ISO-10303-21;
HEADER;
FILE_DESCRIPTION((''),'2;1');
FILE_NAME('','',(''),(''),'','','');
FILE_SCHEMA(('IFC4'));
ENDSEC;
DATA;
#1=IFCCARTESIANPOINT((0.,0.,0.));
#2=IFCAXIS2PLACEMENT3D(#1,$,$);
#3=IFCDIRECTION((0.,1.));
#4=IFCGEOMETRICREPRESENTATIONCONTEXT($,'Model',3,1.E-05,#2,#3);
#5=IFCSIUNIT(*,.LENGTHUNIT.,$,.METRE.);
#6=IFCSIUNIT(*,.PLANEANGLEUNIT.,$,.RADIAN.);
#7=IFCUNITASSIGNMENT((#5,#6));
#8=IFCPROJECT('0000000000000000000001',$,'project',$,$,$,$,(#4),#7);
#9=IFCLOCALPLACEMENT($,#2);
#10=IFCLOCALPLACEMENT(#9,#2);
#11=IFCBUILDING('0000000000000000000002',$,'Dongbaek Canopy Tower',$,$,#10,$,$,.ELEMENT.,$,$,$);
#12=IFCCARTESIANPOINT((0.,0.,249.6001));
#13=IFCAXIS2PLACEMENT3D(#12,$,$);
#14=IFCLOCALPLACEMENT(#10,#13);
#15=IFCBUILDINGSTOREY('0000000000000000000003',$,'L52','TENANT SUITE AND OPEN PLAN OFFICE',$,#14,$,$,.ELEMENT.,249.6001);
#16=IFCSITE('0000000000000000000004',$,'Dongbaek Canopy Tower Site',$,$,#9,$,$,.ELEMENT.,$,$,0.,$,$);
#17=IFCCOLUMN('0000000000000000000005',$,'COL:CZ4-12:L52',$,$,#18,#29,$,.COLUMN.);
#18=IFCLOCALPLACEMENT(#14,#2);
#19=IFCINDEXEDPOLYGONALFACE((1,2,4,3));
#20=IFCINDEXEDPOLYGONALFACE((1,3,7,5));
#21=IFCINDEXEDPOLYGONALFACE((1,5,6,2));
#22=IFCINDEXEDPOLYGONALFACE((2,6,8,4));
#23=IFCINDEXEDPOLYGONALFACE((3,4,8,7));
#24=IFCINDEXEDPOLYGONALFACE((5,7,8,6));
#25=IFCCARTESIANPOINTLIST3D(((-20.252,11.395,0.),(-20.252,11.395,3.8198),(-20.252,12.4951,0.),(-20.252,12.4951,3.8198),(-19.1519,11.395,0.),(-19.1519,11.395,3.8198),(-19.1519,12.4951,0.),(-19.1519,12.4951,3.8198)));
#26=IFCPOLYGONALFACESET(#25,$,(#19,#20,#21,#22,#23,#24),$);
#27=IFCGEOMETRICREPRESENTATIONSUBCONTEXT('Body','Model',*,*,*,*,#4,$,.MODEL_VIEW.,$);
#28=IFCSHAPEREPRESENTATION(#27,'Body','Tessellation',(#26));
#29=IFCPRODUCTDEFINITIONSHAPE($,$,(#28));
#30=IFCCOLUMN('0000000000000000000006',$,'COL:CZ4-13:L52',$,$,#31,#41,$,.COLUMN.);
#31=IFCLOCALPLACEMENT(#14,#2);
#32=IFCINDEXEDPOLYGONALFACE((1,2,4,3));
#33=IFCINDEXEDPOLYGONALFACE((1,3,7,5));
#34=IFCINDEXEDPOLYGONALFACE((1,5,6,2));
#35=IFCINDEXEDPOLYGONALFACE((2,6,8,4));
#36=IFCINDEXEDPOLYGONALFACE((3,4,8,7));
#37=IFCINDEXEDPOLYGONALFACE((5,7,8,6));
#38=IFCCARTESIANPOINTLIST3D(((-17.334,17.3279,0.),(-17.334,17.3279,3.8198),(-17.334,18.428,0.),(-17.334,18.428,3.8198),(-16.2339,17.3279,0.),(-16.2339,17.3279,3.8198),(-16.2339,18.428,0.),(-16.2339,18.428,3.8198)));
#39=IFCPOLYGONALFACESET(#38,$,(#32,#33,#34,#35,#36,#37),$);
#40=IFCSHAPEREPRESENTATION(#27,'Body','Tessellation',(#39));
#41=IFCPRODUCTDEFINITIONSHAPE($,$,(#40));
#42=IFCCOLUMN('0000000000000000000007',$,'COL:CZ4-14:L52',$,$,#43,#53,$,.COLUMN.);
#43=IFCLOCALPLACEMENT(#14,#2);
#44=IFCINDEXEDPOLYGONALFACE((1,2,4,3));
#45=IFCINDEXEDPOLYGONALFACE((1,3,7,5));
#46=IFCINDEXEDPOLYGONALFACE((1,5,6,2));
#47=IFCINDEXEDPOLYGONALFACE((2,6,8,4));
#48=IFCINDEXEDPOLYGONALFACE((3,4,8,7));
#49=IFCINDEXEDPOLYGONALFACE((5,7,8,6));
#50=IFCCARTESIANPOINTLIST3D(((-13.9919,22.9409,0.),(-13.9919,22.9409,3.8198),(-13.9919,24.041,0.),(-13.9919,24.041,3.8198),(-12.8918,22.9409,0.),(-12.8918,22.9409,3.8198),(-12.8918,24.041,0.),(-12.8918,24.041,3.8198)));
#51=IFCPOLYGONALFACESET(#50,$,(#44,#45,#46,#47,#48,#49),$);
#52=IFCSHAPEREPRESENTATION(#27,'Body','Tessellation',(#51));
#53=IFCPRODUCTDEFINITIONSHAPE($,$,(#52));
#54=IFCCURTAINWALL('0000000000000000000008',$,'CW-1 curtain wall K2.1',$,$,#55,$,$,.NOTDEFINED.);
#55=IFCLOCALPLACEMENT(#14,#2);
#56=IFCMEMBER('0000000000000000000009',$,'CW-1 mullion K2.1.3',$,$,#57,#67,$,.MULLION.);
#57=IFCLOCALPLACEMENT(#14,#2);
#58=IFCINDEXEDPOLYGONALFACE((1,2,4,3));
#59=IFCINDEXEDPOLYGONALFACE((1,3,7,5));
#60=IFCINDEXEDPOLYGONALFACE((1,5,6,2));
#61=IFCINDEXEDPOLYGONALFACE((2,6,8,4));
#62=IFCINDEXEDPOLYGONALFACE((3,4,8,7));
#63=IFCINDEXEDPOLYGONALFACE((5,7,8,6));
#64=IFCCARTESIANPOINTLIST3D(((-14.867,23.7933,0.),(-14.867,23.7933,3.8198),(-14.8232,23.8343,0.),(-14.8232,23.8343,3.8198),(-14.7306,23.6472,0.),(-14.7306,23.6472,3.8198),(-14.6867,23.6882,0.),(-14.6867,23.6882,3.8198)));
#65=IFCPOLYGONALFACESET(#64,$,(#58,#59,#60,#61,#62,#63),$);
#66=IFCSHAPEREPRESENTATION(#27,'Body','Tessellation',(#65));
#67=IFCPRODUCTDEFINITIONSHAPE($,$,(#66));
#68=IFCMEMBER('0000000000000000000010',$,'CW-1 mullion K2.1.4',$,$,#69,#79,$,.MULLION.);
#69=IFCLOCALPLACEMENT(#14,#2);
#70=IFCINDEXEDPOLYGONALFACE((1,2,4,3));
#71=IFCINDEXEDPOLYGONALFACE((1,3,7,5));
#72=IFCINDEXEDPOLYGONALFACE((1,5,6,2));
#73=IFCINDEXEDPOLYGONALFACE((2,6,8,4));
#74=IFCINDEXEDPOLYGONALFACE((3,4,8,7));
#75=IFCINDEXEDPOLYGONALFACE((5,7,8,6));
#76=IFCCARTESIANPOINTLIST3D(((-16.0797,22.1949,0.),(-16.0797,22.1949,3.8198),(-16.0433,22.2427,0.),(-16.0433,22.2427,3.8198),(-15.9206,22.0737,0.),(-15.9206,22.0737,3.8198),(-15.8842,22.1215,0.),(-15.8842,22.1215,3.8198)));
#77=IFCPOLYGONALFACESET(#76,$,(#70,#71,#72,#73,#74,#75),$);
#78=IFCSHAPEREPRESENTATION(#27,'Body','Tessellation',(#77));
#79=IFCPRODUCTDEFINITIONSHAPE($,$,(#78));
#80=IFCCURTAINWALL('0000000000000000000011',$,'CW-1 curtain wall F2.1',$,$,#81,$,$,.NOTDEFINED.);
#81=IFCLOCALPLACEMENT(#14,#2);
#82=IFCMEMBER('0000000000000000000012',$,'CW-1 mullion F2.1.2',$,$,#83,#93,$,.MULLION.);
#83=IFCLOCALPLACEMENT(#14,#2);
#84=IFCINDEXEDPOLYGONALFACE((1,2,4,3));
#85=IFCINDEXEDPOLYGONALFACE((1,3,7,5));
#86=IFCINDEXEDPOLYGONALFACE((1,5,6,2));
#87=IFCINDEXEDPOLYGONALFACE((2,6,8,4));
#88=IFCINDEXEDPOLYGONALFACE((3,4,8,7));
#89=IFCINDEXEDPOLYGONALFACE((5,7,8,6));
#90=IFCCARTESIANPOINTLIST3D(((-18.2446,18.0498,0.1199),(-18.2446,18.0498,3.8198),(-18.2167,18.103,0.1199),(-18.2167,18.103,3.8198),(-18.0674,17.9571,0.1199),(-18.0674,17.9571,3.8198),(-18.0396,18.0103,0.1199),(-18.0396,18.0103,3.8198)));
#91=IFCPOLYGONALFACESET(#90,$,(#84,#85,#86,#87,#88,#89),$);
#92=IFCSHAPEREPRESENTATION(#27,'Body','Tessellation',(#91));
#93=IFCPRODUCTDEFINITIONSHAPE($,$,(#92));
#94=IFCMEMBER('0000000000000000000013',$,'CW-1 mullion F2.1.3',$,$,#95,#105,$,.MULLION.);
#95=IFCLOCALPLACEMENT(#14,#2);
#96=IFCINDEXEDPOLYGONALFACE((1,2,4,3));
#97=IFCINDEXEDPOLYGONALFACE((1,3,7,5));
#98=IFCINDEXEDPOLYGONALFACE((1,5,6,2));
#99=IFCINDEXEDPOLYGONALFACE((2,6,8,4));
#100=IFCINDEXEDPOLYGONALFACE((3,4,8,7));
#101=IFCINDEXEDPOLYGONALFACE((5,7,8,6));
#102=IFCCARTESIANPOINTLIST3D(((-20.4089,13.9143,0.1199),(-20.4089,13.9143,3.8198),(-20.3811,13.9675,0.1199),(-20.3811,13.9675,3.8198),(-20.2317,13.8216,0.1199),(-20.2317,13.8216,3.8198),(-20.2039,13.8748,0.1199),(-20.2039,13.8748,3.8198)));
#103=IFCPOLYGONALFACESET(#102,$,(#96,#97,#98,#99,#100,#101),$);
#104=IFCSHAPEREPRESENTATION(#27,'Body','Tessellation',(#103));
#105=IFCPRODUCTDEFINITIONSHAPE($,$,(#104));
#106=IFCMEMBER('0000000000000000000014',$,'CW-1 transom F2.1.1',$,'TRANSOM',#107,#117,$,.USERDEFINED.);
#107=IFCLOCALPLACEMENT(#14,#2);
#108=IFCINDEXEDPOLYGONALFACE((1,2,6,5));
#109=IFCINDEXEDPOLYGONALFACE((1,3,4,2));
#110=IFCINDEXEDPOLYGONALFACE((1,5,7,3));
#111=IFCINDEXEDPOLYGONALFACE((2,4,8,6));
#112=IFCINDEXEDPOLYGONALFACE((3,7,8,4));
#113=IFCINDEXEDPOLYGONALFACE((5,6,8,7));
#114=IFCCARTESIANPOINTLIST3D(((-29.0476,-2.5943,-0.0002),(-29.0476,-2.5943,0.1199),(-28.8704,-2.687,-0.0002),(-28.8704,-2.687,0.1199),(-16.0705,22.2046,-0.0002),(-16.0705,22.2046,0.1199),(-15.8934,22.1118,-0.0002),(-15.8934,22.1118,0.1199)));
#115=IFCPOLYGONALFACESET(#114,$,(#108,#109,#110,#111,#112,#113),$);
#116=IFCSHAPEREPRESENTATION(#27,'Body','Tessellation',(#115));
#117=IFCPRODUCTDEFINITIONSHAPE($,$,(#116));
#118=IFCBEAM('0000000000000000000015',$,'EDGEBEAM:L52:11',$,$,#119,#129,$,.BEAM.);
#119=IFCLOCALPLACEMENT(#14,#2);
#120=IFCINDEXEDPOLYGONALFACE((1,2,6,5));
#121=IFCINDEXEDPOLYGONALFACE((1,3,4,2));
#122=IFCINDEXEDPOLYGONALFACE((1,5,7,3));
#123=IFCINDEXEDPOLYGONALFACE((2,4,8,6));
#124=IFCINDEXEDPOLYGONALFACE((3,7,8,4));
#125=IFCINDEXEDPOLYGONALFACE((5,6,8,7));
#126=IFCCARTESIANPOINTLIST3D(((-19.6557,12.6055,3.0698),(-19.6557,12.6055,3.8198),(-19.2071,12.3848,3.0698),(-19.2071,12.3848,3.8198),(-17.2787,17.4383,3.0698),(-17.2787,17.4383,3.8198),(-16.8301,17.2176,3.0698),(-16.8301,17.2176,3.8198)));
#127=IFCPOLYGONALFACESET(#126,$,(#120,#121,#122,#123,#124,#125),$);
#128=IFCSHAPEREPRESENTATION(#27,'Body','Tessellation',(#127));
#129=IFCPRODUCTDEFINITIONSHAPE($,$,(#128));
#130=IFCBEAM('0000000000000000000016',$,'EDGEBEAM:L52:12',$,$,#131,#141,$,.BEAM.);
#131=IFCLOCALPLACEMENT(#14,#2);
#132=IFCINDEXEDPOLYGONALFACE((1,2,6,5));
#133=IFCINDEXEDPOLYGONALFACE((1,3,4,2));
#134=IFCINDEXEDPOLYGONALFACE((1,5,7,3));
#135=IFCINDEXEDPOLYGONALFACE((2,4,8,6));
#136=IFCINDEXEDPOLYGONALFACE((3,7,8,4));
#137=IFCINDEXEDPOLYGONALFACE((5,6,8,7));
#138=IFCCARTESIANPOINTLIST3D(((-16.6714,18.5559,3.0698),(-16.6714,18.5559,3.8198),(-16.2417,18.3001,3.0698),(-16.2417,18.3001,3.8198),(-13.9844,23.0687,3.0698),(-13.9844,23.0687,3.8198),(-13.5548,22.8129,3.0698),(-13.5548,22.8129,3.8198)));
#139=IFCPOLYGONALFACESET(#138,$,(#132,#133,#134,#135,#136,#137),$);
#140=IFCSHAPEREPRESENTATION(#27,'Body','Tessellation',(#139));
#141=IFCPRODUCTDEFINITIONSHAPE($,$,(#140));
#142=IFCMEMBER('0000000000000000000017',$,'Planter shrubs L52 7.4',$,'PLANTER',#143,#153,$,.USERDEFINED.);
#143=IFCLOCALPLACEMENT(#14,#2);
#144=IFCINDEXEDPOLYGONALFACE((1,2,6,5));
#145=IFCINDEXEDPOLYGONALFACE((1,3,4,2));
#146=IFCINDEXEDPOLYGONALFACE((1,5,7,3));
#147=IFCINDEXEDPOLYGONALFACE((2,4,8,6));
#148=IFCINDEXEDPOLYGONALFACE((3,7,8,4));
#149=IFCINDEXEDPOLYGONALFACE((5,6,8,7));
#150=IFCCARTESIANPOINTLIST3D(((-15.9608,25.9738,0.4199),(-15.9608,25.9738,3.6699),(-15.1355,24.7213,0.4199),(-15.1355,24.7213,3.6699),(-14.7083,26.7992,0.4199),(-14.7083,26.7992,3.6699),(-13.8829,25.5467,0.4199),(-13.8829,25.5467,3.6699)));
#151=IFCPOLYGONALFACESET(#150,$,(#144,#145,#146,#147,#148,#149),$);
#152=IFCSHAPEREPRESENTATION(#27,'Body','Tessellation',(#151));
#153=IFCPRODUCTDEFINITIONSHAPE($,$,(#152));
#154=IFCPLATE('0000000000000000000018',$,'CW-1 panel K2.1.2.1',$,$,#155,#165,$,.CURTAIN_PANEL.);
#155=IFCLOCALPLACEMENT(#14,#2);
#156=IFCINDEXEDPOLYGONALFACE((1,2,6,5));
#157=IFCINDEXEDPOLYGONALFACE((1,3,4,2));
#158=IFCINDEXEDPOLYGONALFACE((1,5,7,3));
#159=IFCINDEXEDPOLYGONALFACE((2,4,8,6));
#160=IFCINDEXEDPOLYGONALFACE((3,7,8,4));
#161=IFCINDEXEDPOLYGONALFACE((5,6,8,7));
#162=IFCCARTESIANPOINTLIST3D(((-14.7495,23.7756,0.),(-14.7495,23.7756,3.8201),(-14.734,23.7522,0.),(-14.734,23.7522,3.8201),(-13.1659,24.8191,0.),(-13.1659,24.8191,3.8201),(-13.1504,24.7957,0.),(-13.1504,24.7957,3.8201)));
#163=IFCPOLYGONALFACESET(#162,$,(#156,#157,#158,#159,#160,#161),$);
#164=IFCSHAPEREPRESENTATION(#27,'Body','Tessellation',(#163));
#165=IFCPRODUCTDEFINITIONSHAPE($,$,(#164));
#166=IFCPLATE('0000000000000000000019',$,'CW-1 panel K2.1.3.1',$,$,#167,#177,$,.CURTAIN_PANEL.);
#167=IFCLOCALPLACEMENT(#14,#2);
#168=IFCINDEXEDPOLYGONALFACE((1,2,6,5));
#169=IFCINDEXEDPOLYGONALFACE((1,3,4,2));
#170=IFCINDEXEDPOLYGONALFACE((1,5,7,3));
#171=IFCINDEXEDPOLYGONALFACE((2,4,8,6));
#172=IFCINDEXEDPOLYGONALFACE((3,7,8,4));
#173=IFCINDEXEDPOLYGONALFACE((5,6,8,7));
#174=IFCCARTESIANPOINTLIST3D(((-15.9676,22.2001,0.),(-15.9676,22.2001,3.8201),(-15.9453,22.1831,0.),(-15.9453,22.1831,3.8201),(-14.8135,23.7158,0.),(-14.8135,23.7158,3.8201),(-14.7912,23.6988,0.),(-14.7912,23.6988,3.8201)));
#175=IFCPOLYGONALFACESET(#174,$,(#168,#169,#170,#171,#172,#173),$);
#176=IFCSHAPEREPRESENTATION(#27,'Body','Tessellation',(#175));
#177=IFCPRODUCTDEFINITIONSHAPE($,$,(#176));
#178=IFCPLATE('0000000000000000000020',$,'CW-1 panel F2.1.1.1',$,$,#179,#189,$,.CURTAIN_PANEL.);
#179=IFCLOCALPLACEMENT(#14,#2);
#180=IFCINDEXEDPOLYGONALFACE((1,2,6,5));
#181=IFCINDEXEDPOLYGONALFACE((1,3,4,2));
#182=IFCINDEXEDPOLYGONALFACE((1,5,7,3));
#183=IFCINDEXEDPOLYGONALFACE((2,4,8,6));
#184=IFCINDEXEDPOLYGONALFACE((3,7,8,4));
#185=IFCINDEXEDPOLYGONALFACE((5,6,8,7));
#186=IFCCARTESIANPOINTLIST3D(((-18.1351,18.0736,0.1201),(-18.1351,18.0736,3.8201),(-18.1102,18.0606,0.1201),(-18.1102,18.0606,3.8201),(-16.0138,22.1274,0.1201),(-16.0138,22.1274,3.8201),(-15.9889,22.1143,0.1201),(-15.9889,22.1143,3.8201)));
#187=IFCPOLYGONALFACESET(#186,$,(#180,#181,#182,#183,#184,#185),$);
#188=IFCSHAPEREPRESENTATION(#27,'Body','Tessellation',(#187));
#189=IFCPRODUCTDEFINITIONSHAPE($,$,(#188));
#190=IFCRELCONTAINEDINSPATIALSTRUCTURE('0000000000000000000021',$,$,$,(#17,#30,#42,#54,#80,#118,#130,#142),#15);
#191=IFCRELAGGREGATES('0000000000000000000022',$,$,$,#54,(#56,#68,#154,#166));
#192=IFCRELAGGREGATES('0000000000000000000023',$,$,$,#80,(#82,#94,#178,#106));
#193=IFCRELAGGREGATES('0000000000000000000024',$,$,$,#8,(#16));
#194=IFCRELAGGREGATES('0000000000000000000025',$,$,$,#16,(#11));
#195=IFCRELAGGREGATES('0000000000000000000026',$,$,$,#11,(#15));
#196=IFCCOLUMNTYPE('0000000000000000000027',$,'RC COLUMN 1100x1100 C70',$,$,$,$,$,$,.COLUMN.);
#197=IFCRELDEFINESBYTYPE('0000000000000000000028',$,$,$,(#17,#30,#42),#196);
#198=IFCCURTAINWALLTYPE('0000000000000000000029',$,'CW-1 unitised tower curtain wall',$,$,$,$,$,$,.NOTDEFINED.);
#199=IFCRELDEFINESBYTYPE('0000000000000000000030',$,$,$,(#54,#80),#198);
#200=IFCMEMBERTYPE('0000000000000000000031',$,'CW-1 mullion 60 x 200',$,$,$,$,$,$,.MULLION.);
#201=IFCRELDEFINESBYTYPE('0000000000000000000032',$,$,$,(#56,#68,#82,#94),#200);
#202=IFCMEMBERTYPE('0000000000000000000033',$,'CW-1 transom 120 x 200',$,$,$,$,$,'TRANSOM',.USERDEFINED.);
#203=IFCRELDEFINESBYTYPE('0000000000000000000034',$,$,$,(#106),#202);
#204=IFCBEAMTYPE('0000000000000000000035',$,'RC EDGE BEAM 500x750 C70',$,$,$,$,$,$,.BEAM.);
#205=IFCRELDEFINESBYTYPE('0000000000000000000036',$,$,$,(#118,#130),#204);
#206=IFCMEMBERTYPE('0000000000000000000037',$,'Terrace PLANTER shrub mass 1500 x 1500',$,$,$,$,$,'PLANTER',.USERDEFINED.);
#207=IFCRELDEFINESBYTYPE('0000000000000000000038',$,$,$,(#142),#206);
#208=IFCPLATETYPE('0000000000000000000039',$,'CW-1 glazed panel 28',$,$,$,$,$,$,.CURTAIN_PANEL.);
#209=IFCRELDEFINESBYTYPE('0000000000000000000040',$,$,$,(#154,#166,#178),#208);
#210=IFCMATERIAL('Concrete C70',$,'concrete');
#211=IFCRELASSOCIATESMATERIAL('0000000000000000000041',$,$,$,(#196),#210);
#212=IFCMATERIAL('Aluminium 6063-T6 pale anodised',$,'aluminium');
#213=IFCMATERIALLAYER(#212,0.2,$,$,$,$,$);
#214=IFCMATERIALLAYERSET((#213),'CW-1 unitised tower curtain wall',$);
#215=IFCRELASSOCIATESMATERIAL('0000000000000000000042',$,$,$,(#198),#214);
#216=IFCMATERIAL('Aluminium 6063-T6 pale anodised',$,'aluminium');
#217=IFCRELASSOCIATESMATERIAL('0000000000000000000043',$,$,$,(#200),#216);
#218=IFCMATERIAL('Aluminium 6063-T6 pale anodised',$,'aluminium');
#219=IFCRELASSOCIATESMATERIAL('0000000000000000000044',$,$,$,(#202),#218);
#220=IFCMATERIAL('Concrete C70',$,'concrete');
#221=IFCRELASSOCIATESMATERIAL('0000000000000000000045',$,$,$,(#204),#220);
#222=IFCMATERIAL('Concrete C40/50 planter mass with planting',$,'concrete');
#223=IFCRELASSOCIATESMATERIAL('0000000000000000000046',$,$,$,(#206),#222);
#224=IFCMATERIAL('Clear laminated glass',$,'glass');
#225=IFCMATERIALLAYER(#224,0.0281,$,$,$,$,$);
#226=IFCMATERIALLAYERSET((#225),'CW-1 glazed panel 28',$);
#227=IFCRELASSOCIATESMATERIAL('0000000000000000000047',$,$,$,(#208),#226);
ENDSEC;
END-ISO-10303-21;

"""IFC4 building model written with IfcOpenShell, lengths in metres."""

from ifc_helpers import new_model, si_unit, direction, frame, origin, origin_2d, place, context, subcontext, project, spatial, rectangle, extrude, material, layer, layer_set, material_profile, profile_set, type_object, element, aggregate, save


model = new_model("IFC4")

# Units and contexts
model_context = context("Model", 3, precision=1e-05, world=origin(), true_north=direction((0.0, 1.0)))
body_context = subcontext(model_context, "Body", "Model", "MODEL_VIEW")
ifc_project = project(units=[si_unit("LENGTHUNIT", "METRE"), si_unit("PLANEANGLEUNIT", "RADIAN")], contexts=[model_context])

# Site, building, storey
site_placement = place(None, origin())
site = spatial("IfcSite", under=ifc_project, at=site_placement, Name="Dongbaek Canopy Tower Site", CompositionType="ELEMENT", RefElevation=0.0)
building_placement = place(site_placement, origin())
building = spatial("IfcBuilding", under=site, at=building_placement, Name="Dongbaek Canopy Tower", CompositionType="ELEMENT")
storey_placement = place(building_placement, frame((0.0, 0.0, 249.6001)))
storey = spatial("IfcBuildingStorey", under=building, at=storey_placement, Name="L52", Description="TENANT SUITE AND OPEN PLAN OFFICE", CompositionType="ELEMENT", Elevation=249.6001)

# Columns
ifc_material_1 = material(Name="Concrete C70", Category="concrete")
ifc_material_profile_1 = material_profile(ifc_material_1, rectangle(XDim=1.1001, YDim=1.1001, at=origin_2d()), Name="RC COLUMN 1100x1100 C70")
ifc_profile_set_1 = profile_set([ifc_material_profile_1], Name="Concrete C70")
column_type = type_object("IfcColumnType", Name="RC COLUMN 1100x1100 C70", PredefinedType="COLUMN", material=ifc_profile_set_1)
for number, where, z_axis, x_axis, name in (
    (1, (-19.7019, 11.9451, 0.0), (0.0, 0.0, 1.0), (1.0, 0.0, 0.0), "COL:CZ4-12:L52"),
    (2, (-16.7839, 17.8779, 0.0), (0.0, 0.0, 1.0), (1.0, 0.0, 0.0), "COL:CZ4-13:L52"),
    (3, (-13.4419, 23.491, 0.0), (0.0, 0.0, 1.0), (1.0, 0.0, 0.0), "COL:CZ4-14:L52"),
):
    element("IfcColumn", number, at=place(storey_placement, frame(where, z_axis=z_axis, x_axis=x_axis)), inside=storey, type_object=column_type, Name=name, PredefinedType="COLUMN", context=body_context, shape_type="SweptSolid", body=[
        extrude(rectangle(XDim=1.1001, YDim=1.1001, at=origin_2d()), origin(), (0.0, 0.0, 1.0), 3.8198),
    ])

# Curtain walls, members
ifc_material_2 = material(Name="Aluminium 6063-T6 pale anodised", Category="aluminium")
ifc_layer_1 = layer(ifc_material_2, 0.2)
ifc_layer_set_1 = layer_set([ifc_layer_1], Name="CW-1 unitised tower curtain wall")
curtain_wall_type = type_object("IfcCurtainWallType", Name="CW-1 unitised tower curtain wall", PredefinedType="NOTDEFINED", material=ifc_layer_set_1)
curtain_wall_1_placement = place(storey_placement, origin())
curtain_wall_1 = element("IfcCurtainWall", 4, at=curtain_wall_1_placement, inside=storey, type_object=curtain_wall_type, Name="CW-1 curtain wall K2.1", PredefinedType="NOTDEFINED")
ifc_material_3 = material(Name="Aluminium 6063-T6 pale anodised", Category="aluminium")
ifc_material_profile_2 = material_profile(ifc_material_3, rectangle(XDim=0.2, YDim=0.0601, at=origin_2d()), Name="CW-1 mullion 60 x 200")
ifc_profile_set_2 = profile_set([ifc_material_profile_2], Name="Aluminium 6063-T6 pale anodised")
member_type_1 = type_object("IfcMemberType", Name="CW-1 mullion 60 x 200", PredefinedType="MULLION", material=ifc_profile_set_2)
member_1_placement = place(storey_placement, frame((-14.7769, 23.7407, 0.0), z_axis=(0.0, 0.0, 1.0), x_axis=(-0.682606, 0.730787, 0.0)))
member_1 = element("IfcMember", 5, at=member_1_placement, type_object=member_type_1, Name="CW-1 mullion K2.1.3", PredefinedType="MULLION", context=body_context, shape_type="SweptSolid", body=[
    extrude(rectangle(XDim=0.2, YDim=0.0601, at=origin_2d()), origin(), (0.0, 0.0, 1.0), 3.8198),
])
member_2_placement = place(storey_placement, frame((-15.9819, 22.1582, 0.0), z_axis=(0.0, 0.0, 1.0), x_axis=(-0.795605, 0.605816, 0.0)))
member_2 = element("IfcMember", 6, at=member_2_placement, type_object=member_type_1, Name="CW-1 mullion K2.1.4", PredefinedType="MULLION", context=body_context, shape_type="SweptSolid", body=[
    extrude(rectangle(XDim=0.2, YDim=0.0601, at=origin_2d()), origin(), (0.0, 0.0, 1.0), 3.8198),
])
curtain_wall_2_placement = place(storey_placement, origin())
curtain_wall_2 = element("IfcCurtainWall", 7, at=curtain_wall_2_placement, inside=storey, type_object=curtain_wall_type, Name="CW-1 curtain wall F2.1", PredefinedType="NOTDEFINED")
member_3_placement = place(storey_placement, frame((-18.1421, 18.03, 0.1199), z_axis=(0.0, 0.0, 1.0), x_axis=(-0.886019, 0.463649, 0.0)))
member_3 = element("IfcMember", 8, at=member_3_placement, type_object=member_type_1, Name="CW-1 mullion F2.1.2", PredefinedType="MULLION", context=body_context, shape_type="SweptSolid", body=[
    extrude(rectangle(XDim=0.2, YDim=0.0601, at=origin_2d()), origin(), (0.0, 0.0, 1.0), 3.7),
])
member_4_placement = place(storey_placement, frame((-20.3064, 13.8945, 0.1199), z_axis=(0.0, 0.0, 1.0), x_axis=(-0.886019, 0.463649, 0.0)))
member_4 = element("IfcMember", 9, at=member_4_placement, type_object=member_type_1, Name="CW-1 mullion F2.1.3", PredefinedType="MULLION", context=body_context, shape_type="SweptSolid", body=[
    extrude(rectangle(XDim=0.2, YDim=0.0601, at=origin_2d()), origin(), (0.0, 0.0, 1.0), 3.7),
])
ifc_material_4 = material(Name="Aluminium 6063-T6 pale anodised", Category="aluminium")
ifc_material_profile_3 = material_profile(ifc_material_4, rectangle(XDim=0.2, YDim=0.1201, at=origin_2d()), Name="CW-1 transom 120 x 200")
ifc_profile_set_3 = profile_set([ifc_material_profile_3], Name="Aluminium 6063-T6 pale anodised")
member_type_2 = type_object("IfcMemberType", Name="CW-1 transom 120 x 200", ElementType="TRANSOM", PredefinedType="USERDEFINED", material=ifc_profile_set_3)
member_5_placement = place(storey_placement, frame((-15.9819, 22.1582, 0.0598), z_axis=(-0.463648, -0.88602, 0.0), x_axis=(0.88602, -0.463648, 0.0)))
member_5 = element("IfcMember", 10, at=member_5_placement, type_object=member_type_2, Name="CW-1 transom F2.1.1", ObjectType="TRANSOM", PredefinedType="USERDEFINED", context=body_context, shape_type="SweptSolid", body=[
    extrude(rectangle(XDim=0.2, YDim=0.1201, at=origin_2d()), origin(), (0.0, 0.0, 1.0), 27.989),
])

# Beams
ifc_material_5 = material(Name="Concrete C70", Category="concrete")
ifc_material_profile_4 = material_profile(ifc_material_5, rectangle(XDim=0.5, YDim=0.75, at=origin_2d()), Name="RC EDGE BEAM 500x750 C70")
ifc_profile_set_4 = profile_set([ifc_material_profile_4], Name="Concrete C70")
beam_type = type_object("IfcBeamType", Name="RC EDGE BEAM 500x750 C70", PredefinedType="BEAM", material=ifc_profile_set_4)
beam_1_placement = place(storey_placement, frame((-19.4314, 12.4951, 3.4448), z_axis=(0.441347, 0.897336, 0.0), x_axis=(-0.897336, 0.441347, 0.0)))
element("IfcBeam", 11, at=beam_1_placement, inside=storey, type_object=beam_type, Name="EDGEBEAM:L52:11", PredefinedType="BEAM", context=body_context, shape_type="SweptSolid", body=[
    extrude(rectangle(XDim=0.5, YDim=0.75, at=origin_2d()), origin(), (0.0, 0.0, 1.0), 5.3857),
])
beam_2_placement = place(storey_placement, frame((-16.4565, 18.428, 3.4448), z_axis=(0.511588, 0.859231, 0.0), x_axis=(-0.859231, 0.511588, 0.0)))
element("IfcBeam", 12, at=beam_2_placement, inside=storey, type_object=beam_type, Name="EDGEBEAM:L52:12", PredefinedType="BEAM", context=body_context, shape_type="SweptSolid", body=[
    extrude(rectangle(XDim=0.5, YDim=0.75, at=origin_2d()), origin(), (0.0, 0.0, 1.0), 5.2522),
])

# Member
ifc_material_6 = material(Name="Concrete C40/50 planter mass with planting", Category="concrete")
ifc_material_profile_5 = material_profile(ifc_material_6, rectangle(XDim=1.5, YDim=1.5, at=origin_2d()), Name="Terrace PLANTER shrub mass 1500 x 1500")
ifc_profile_set_5 = profile_set([ifc_material_profile_5], Name="Concrete C40/50 planter mass with planting")
member_type_3 = type_object("IfcMemberType", Name="Terrace PLANTER shrub mass 1500 x 1500", ElementType="PLANTER", PredefinedType="USERDEFINED", material=ifc_profile_set_5)
member_6_placement = place(storey_placement, frame((-14.9219, 25.7603, 0.4199), z_axis=(0.0, 0.0, 1.0), x_axis=(-0.550231, 0.835013, 0.0)))
element("IfcMember", 13, at=member_6_placement, inside=storey, type_object=member_type_3, Name="Planter shrubs L52 7.4", ObjectType="PLANTER", PredefinedType="USERDEFINED", context=body_context, shape_type="SweptSolid", body=[
    extrude(rectangle(XDim=1.5, YDim=1.5, at=origin_2d()), origin(), (0.0, 0.0, 1.0), 3.25),
])

# Plates
ifc_material_7 = material(Name="Clear laminated glass", Category="glass")
ifc_layer_2 = layer(ifc_material_7, 0.0281)
ifc_layer_set_2 = layer_set([ifc_layer_2], Name="CW-1 glazed panel 28")
plate_type = type_object("IfcPlateType", Name="CW-1 glazed panel 28", PredefinedType="CURTAIN_PANEL", material=ifc_layer_set_2)
plate_1_placement = place(storey_placement, frame((-13.95, 24.2856, 0.0), z_axis=(0.0, 0.0, 1.0), x_axis=(-0.835013, -0.550231, 0.0)))
plate_1 = element("IfcPlate", 14, at=plate_1_placement, type_object=plate_type, Name="CW-1 panel K2.1.2.1", PredefinedType="CURTAIN_PANEL", context=body_context, shape_type="SweptSolid", body=[
    extrude(rectangle(XDim=1.8965, YDim=0.0281, at=origin_2d()), origin(), (0.0, 0.0, 1.0), 3.8201),
])
plate_2_placement = place(storey_placement, frame((-15.3794, 22.9495, 0.0), z_axis=(0.0, 0.0, 1.0), x_axis=(-0.605816, -0.795605, 0.0)))
plate_2 = element("IfcPlate", 15, at=plate_2_placement, type_object=plate_type, Name="CW-1 panel K2.1.3.1", PredefinedType="CURTAIN_PANEL", context=body_context, shape_type="SweptSolid", body=[
    extrude(rectangle(XDim=1.905, YDim=0.0281, at=origin_2d()), origin(), (0.0, 0.0, 1.0), 3.8201),
])
aggregate(curtain_wall_1, [member_1, member_2, plate_1, plate_2])
plate_3_placement = place(storey_placement, frame((-17.062, 20.094, 0.1201), z_axis=(0.0, 0.0, 1.0), x_axis=(-0.463649, -0.886019, 0.0)))
plate_3 = element("IfcPlate", 16, at=plate_3_placement, type_object=plate_type, Name="CW-1 panel F2.1.1.1", PredefinedType="CURTAIN_PANEL", context=body_context, shape_type="SweptSolid", body=[
    extrude(rectangle(XDim=4.5752, YDim=0.0281, at=origin_2d()), origin(), (0.0, 0.0, 1.0), 3.7),
])

aggregate(curtain_wall_2, [member_3, member_4, plate_3, member_5])

save(model, "model.ifc")
